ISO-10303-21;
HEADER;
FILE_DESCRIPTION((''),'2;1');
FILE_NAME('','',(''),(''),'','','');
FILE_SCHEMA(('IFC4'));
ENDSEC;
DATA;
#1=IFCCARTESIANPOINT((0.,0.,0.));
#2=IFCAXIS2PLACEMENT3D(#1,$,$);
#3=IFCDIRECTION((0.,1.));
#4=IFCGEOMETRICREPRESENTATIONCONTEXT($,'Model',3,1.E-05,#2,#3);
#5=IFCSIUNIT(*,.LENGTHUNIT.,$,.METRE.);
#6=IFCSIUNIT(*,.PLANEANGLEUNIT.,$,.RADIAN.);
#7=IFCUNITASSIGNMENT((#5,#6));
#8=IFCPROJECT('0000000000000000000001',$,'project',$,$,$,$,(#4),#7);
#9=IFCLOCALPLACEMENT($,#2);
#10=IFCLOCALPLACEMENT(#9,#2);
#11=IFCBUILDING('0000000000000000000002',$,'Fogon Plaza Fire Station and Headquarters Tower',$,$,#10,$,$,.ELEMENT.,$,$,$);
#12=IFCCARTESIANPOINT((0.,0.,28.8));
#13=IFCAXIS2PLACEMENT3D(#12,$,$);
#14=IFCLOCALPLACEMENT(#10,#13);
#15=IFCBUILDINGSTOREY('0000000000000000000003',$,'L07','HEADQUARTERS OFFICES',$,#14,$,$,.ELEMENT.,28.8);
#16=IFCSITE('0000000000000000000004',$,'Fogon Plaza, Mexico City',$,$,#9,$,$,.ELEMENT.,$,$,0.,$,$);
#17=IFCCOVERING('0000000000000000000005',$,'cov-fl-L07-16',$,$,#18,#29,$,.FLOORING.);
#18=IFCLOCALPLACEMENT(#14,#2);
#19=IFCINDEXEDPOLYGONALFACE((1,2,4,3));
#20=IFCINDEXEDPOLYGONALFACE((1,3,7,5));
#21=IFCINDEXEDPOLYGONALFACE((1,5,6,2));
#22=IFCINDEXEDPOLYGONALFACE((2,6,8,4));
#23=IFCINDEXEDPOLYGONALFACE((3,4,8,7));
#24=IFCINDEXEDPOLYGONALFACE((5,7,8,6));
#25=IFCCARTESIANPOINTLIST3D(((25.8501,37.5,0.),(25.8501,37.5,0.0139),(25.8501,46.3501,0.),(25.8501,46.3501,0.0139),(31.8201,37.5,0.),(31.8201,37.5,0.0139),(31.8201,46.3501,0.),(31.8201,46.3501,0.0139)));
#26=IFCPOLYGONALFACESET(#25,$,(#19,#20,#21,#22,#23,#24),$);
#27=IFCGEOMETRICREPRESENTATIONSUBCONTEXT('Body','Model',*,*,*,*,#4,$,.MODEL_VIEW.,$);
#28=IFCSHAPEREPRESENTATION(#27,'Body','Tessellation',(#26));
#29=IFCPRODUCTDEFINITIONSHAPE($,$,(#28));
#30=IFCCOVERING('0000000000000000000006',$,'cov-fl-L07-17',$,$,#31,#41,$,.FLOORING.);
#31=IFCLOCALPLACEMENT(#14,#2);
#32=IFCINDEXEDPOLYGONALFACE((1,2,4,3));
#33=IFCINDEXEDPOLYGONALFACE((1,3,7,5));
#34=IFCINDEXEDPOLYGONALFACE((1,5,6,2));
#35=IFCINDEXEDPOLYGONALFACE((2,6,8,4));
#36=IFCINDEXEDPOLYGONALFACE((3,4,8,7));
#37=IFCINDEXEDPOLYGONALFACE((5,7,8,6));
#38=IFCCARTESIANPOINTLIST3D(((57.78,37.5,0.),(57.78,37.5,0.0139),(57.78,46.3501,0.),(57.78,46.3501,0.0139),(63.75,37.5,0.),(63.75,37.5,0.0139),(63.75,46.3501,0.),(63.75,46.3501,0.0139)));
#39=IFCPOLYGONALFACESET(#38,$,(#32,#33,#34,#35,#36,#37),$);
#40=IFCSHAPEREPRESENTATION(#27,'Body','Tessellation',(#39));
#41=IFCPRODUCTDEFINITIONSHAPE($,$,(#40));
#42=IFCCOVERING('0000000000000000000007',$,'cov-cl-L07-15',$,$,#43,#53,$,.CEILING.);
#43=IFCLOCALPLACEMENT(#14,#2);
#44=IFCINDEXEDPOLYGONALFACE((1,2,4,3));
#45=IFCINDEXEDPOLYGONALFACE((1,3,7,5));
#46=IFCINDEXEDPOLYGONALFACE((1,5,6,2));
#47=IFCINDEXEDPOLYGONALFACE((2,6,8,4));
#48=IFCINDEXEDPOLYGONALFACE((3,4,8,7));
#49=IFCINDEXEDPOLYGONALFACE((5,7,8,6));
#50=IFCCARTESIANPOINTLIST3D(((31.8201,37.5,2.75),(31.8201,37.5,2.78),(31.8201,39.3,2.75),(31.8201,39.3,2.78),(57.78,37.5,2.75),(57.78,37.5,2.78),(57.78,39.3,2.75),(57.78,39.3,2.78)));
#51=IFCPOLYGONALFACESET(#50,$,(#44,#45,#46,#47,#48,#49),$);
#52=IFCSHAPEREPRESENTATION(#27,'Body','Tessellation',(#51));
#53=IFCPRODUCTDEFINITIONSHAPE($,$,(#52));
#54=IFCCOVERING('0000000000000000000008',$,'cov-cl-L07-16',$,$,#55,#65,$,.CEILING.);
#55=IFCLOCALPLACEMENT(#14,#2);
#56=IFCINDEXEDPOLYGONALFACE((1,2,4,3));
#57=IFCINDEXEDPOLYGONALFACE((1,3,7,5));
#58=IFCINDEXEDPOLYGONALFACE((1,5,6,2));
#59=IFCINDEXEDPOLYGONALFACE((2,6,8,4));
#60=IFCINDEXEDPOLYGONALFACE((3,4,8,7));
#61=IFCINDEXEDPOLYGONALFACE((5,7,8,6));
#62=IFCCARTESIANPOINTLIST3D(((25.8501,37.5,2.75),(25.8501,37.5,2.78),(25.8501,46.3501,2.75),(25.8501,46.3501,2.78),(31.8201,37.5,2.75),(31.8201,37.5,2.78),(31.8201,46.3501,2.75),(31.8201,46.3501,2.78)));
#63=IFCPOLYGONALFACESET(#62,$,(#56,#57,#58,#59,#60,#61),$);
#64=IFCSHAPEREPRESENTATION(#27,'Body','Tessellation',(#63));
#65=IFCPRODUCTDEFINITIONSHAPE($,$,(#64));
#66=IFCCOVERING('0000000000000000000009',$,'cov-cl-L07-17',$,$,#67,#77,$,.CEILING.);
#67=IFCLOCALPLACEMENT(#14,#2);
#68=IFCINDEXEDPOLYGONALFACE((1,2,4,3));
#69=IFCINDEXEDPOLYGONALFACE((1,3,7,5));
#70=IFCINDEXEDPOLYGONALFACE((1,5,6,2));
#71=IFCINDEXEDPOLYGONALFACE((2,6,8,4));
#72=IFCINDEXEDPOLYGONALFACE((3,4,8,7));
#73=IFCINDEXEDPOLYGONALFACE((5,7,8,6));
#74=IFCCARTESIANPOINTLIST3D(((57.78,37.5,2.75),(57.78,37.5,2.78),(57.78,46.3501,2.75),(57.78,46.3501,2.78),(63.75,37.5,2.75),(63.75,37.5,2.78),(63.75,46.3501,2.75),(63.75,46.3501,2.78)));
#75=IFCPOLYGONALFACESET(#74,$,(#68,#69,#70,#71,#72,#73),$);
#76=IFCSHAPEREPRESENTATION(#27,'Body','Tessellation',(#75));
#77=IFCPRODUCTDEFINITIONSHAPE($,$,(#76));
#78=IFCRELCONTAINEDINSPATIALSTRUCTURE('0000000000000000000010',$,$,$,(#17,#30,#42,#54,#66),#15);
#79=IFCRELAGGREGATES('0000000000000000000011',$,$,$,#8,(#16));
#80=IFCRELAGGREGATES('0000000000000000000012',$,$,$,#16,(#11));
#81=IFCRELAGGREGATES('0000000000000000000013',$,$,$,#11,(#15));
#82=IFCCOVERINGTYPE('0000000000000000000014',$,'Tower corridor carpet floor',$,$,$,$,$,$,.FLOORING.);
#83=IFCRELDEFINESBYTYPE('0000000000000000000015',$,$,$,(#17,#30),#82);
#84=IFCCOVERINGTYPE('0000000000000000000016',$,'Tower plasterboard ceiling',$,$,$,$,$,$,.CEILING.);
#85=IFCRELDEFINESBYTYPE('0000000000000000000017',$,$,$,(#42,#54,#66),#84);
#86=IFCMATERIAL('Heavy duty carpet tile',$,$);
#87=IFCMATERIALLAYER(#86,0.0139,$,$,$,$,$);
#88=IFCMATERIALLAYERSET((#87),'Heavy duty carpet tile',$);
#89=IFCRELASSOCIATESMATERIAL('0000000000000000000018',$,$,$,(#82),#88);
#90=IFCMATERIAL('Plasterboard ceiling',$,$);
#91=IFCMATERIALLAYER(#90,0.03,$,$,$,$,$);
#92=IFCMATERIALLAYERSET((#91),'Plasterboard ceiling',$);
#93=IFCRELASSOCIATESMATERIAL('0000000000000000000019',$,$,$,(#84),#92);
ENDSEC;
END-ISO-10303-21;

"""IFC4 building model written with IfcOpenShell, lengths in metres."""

from ifc_helpers import new_model, si_unit, direction, frame, origin, place, context, subcontext, project, spatial, polyline, outline, extrude, material, layer, layer_set, type_object, element, save


model = new_model("IFC4")

# Units and contexts
model_context = context("Model", 3, precision=1e-05, world=origin(), true_north=direction((0.0, 1.0)))
body_context = subcontext(model_context, "Body", "Model", "MODEL_VIEW")
ifc_project = project(units=[si_unit("LENGTHUNIT", "METRE"), si_unit("PLANEANGLEUNIT", "RADIAN")], contexts=[model_context])

# Site, building, storey
site_placement = place(None, origin())
site = spatial("IfcSite", under=ifc_project, at=site_placement, Name="Fogon Plaza, Mexico City", CompositionType="ELEMENT", RefElevation=0.0)
building_placement = place(site_placement, origin())
building = spatial("IfcBuilding", under=site, at=building_placement, Name="Fogon Plaza Fire Station and Headquarters Tower", CompositionType="ELEMENT")
storey_placement = place(building_placement, frame((0.0, 0.0, 28.8)))
storey = spatial("IfcBuildingStorey", under=building, at=storey_placement, Name="L07", Description="HEADQUARTERS OFFICES", CompositionType="ELEMENT", Elevation=28.8)

# Coverings
ifc_material_1 = material(Name="Heavy duty carpet tile")
ifc_layer_1 = layer(ifc_material_1, 0.0139)
ifc_layer_set_1 = layer_set([ifc_layer_1], Name="Heavy duty carpet tile")
covering_type_1 = type_object("IfcCoveringType", Name="Tower corridor carpet floor", PredefinedType="FLOORING", material=ifc_layer_set_1)
covering_1_placement = place(storey_placement, origin())
element("IfcCovering", 1, at=covering_1_placement, inside=storey, type_object=covering_type_1, Name="cov-fl-L07-16", PredefinedType="FLOORING", context=body_context, shape_type="SweptSolid", body=[
    extrude(outline(polyline([(31.8201, 37.5), (31.8201, 46.3501), (25.8501, 46.3501), (25.8501, 37.5), (31.8201, 37.5)])), origin(), (0.0, 0.0, 1.0), 0.0139),
])
covering_2_placement = place(storey_placement, origin())
element("IfcCovering", 2, at=covering_2_placement, inside=storey, type_object=covering_type_1, Name="cov-fl-L07-17", PredefinedType="FLOORING", context=body_context, shape_type="SweptSolid", body=[
    extrude(outline(polyline([(63.75, 37.5), (63.75, 46.3501), (57.78, 46.3501), (57.78, 37.5), (63.75, 37.5)])), origin(), (0.0, 0.0, 1.0), 0.0139),
])
ifc_material_2 = material(Name="Plasterboard ceiling")
ifc_layer_2 = layer(ifc_material_2, 0.03)
ifc_layer_set_2 = layer_set([ifc_layer_2], Name="Plasterboard ceiling")
covering_type_2 = type_object("IfcCoveringType", Name="Tower plasterboard ceiling", PredefinedType="CEILING", material=ifc_layer_set_2)
covering_3_placement = place(storey_placement, frame((0.0, 0.0, 2.75)))
element("IfcCovering", 3, at=covering_3_placement, inside=storey, type_object=covering_type_2, Name="cov-cl-L07-15", PredefinedType="CEILING", context=body_context, shape_type="SweptSolid", body=[
    extrude(outline(polyline([(57.78, 37.5), (57.78, 39.3), (31.8201, 39.3), (31.8201, 37.5), (57.78, 37.5)])), origin(), (0.0, 0.0, 1.0), 0.03),
])
covering_4_placement = place(storey_placement, frame((0.0, 0.0, 2.75)))
element("IfcCovering", 4, at=covering_4_placement, inside=storey, type_object=covering_type_2, Name="cov-cl-L07-16", PredefinedType="CEILING", context=body_context, shape_type="SweptSolid", body=[
    extrude(outline(polyline([(31.8201, 37.5), (31.8201, 46.3501), (25.8501, 46.3501), (25.8501, 37.5), (31.8201, 37.5)])), origin(), (0.0, 0.0, 1.0), 0.03),
])
covering_5_placement = place(storey_placement, frame((0.0, 0.0, 2.75)))
element("IfcCovering", 5, at=covering_5_placement, inside=storey, type_object=covering_type_2, Name="cov-cl-L07-17", PredefinedType="CEILING", context=body_context, shape_type="SweptSolid", body=[
    extrude(outline(polyline([(63.75, 37.5), (63.75, 46.3501), (57.78, 46.3501), (57.78, 37.5), (63.75, 37.5)])), origin(), (0.0, 0.0, 1.0), 0.03),
])

save(model, "model.ifc")
